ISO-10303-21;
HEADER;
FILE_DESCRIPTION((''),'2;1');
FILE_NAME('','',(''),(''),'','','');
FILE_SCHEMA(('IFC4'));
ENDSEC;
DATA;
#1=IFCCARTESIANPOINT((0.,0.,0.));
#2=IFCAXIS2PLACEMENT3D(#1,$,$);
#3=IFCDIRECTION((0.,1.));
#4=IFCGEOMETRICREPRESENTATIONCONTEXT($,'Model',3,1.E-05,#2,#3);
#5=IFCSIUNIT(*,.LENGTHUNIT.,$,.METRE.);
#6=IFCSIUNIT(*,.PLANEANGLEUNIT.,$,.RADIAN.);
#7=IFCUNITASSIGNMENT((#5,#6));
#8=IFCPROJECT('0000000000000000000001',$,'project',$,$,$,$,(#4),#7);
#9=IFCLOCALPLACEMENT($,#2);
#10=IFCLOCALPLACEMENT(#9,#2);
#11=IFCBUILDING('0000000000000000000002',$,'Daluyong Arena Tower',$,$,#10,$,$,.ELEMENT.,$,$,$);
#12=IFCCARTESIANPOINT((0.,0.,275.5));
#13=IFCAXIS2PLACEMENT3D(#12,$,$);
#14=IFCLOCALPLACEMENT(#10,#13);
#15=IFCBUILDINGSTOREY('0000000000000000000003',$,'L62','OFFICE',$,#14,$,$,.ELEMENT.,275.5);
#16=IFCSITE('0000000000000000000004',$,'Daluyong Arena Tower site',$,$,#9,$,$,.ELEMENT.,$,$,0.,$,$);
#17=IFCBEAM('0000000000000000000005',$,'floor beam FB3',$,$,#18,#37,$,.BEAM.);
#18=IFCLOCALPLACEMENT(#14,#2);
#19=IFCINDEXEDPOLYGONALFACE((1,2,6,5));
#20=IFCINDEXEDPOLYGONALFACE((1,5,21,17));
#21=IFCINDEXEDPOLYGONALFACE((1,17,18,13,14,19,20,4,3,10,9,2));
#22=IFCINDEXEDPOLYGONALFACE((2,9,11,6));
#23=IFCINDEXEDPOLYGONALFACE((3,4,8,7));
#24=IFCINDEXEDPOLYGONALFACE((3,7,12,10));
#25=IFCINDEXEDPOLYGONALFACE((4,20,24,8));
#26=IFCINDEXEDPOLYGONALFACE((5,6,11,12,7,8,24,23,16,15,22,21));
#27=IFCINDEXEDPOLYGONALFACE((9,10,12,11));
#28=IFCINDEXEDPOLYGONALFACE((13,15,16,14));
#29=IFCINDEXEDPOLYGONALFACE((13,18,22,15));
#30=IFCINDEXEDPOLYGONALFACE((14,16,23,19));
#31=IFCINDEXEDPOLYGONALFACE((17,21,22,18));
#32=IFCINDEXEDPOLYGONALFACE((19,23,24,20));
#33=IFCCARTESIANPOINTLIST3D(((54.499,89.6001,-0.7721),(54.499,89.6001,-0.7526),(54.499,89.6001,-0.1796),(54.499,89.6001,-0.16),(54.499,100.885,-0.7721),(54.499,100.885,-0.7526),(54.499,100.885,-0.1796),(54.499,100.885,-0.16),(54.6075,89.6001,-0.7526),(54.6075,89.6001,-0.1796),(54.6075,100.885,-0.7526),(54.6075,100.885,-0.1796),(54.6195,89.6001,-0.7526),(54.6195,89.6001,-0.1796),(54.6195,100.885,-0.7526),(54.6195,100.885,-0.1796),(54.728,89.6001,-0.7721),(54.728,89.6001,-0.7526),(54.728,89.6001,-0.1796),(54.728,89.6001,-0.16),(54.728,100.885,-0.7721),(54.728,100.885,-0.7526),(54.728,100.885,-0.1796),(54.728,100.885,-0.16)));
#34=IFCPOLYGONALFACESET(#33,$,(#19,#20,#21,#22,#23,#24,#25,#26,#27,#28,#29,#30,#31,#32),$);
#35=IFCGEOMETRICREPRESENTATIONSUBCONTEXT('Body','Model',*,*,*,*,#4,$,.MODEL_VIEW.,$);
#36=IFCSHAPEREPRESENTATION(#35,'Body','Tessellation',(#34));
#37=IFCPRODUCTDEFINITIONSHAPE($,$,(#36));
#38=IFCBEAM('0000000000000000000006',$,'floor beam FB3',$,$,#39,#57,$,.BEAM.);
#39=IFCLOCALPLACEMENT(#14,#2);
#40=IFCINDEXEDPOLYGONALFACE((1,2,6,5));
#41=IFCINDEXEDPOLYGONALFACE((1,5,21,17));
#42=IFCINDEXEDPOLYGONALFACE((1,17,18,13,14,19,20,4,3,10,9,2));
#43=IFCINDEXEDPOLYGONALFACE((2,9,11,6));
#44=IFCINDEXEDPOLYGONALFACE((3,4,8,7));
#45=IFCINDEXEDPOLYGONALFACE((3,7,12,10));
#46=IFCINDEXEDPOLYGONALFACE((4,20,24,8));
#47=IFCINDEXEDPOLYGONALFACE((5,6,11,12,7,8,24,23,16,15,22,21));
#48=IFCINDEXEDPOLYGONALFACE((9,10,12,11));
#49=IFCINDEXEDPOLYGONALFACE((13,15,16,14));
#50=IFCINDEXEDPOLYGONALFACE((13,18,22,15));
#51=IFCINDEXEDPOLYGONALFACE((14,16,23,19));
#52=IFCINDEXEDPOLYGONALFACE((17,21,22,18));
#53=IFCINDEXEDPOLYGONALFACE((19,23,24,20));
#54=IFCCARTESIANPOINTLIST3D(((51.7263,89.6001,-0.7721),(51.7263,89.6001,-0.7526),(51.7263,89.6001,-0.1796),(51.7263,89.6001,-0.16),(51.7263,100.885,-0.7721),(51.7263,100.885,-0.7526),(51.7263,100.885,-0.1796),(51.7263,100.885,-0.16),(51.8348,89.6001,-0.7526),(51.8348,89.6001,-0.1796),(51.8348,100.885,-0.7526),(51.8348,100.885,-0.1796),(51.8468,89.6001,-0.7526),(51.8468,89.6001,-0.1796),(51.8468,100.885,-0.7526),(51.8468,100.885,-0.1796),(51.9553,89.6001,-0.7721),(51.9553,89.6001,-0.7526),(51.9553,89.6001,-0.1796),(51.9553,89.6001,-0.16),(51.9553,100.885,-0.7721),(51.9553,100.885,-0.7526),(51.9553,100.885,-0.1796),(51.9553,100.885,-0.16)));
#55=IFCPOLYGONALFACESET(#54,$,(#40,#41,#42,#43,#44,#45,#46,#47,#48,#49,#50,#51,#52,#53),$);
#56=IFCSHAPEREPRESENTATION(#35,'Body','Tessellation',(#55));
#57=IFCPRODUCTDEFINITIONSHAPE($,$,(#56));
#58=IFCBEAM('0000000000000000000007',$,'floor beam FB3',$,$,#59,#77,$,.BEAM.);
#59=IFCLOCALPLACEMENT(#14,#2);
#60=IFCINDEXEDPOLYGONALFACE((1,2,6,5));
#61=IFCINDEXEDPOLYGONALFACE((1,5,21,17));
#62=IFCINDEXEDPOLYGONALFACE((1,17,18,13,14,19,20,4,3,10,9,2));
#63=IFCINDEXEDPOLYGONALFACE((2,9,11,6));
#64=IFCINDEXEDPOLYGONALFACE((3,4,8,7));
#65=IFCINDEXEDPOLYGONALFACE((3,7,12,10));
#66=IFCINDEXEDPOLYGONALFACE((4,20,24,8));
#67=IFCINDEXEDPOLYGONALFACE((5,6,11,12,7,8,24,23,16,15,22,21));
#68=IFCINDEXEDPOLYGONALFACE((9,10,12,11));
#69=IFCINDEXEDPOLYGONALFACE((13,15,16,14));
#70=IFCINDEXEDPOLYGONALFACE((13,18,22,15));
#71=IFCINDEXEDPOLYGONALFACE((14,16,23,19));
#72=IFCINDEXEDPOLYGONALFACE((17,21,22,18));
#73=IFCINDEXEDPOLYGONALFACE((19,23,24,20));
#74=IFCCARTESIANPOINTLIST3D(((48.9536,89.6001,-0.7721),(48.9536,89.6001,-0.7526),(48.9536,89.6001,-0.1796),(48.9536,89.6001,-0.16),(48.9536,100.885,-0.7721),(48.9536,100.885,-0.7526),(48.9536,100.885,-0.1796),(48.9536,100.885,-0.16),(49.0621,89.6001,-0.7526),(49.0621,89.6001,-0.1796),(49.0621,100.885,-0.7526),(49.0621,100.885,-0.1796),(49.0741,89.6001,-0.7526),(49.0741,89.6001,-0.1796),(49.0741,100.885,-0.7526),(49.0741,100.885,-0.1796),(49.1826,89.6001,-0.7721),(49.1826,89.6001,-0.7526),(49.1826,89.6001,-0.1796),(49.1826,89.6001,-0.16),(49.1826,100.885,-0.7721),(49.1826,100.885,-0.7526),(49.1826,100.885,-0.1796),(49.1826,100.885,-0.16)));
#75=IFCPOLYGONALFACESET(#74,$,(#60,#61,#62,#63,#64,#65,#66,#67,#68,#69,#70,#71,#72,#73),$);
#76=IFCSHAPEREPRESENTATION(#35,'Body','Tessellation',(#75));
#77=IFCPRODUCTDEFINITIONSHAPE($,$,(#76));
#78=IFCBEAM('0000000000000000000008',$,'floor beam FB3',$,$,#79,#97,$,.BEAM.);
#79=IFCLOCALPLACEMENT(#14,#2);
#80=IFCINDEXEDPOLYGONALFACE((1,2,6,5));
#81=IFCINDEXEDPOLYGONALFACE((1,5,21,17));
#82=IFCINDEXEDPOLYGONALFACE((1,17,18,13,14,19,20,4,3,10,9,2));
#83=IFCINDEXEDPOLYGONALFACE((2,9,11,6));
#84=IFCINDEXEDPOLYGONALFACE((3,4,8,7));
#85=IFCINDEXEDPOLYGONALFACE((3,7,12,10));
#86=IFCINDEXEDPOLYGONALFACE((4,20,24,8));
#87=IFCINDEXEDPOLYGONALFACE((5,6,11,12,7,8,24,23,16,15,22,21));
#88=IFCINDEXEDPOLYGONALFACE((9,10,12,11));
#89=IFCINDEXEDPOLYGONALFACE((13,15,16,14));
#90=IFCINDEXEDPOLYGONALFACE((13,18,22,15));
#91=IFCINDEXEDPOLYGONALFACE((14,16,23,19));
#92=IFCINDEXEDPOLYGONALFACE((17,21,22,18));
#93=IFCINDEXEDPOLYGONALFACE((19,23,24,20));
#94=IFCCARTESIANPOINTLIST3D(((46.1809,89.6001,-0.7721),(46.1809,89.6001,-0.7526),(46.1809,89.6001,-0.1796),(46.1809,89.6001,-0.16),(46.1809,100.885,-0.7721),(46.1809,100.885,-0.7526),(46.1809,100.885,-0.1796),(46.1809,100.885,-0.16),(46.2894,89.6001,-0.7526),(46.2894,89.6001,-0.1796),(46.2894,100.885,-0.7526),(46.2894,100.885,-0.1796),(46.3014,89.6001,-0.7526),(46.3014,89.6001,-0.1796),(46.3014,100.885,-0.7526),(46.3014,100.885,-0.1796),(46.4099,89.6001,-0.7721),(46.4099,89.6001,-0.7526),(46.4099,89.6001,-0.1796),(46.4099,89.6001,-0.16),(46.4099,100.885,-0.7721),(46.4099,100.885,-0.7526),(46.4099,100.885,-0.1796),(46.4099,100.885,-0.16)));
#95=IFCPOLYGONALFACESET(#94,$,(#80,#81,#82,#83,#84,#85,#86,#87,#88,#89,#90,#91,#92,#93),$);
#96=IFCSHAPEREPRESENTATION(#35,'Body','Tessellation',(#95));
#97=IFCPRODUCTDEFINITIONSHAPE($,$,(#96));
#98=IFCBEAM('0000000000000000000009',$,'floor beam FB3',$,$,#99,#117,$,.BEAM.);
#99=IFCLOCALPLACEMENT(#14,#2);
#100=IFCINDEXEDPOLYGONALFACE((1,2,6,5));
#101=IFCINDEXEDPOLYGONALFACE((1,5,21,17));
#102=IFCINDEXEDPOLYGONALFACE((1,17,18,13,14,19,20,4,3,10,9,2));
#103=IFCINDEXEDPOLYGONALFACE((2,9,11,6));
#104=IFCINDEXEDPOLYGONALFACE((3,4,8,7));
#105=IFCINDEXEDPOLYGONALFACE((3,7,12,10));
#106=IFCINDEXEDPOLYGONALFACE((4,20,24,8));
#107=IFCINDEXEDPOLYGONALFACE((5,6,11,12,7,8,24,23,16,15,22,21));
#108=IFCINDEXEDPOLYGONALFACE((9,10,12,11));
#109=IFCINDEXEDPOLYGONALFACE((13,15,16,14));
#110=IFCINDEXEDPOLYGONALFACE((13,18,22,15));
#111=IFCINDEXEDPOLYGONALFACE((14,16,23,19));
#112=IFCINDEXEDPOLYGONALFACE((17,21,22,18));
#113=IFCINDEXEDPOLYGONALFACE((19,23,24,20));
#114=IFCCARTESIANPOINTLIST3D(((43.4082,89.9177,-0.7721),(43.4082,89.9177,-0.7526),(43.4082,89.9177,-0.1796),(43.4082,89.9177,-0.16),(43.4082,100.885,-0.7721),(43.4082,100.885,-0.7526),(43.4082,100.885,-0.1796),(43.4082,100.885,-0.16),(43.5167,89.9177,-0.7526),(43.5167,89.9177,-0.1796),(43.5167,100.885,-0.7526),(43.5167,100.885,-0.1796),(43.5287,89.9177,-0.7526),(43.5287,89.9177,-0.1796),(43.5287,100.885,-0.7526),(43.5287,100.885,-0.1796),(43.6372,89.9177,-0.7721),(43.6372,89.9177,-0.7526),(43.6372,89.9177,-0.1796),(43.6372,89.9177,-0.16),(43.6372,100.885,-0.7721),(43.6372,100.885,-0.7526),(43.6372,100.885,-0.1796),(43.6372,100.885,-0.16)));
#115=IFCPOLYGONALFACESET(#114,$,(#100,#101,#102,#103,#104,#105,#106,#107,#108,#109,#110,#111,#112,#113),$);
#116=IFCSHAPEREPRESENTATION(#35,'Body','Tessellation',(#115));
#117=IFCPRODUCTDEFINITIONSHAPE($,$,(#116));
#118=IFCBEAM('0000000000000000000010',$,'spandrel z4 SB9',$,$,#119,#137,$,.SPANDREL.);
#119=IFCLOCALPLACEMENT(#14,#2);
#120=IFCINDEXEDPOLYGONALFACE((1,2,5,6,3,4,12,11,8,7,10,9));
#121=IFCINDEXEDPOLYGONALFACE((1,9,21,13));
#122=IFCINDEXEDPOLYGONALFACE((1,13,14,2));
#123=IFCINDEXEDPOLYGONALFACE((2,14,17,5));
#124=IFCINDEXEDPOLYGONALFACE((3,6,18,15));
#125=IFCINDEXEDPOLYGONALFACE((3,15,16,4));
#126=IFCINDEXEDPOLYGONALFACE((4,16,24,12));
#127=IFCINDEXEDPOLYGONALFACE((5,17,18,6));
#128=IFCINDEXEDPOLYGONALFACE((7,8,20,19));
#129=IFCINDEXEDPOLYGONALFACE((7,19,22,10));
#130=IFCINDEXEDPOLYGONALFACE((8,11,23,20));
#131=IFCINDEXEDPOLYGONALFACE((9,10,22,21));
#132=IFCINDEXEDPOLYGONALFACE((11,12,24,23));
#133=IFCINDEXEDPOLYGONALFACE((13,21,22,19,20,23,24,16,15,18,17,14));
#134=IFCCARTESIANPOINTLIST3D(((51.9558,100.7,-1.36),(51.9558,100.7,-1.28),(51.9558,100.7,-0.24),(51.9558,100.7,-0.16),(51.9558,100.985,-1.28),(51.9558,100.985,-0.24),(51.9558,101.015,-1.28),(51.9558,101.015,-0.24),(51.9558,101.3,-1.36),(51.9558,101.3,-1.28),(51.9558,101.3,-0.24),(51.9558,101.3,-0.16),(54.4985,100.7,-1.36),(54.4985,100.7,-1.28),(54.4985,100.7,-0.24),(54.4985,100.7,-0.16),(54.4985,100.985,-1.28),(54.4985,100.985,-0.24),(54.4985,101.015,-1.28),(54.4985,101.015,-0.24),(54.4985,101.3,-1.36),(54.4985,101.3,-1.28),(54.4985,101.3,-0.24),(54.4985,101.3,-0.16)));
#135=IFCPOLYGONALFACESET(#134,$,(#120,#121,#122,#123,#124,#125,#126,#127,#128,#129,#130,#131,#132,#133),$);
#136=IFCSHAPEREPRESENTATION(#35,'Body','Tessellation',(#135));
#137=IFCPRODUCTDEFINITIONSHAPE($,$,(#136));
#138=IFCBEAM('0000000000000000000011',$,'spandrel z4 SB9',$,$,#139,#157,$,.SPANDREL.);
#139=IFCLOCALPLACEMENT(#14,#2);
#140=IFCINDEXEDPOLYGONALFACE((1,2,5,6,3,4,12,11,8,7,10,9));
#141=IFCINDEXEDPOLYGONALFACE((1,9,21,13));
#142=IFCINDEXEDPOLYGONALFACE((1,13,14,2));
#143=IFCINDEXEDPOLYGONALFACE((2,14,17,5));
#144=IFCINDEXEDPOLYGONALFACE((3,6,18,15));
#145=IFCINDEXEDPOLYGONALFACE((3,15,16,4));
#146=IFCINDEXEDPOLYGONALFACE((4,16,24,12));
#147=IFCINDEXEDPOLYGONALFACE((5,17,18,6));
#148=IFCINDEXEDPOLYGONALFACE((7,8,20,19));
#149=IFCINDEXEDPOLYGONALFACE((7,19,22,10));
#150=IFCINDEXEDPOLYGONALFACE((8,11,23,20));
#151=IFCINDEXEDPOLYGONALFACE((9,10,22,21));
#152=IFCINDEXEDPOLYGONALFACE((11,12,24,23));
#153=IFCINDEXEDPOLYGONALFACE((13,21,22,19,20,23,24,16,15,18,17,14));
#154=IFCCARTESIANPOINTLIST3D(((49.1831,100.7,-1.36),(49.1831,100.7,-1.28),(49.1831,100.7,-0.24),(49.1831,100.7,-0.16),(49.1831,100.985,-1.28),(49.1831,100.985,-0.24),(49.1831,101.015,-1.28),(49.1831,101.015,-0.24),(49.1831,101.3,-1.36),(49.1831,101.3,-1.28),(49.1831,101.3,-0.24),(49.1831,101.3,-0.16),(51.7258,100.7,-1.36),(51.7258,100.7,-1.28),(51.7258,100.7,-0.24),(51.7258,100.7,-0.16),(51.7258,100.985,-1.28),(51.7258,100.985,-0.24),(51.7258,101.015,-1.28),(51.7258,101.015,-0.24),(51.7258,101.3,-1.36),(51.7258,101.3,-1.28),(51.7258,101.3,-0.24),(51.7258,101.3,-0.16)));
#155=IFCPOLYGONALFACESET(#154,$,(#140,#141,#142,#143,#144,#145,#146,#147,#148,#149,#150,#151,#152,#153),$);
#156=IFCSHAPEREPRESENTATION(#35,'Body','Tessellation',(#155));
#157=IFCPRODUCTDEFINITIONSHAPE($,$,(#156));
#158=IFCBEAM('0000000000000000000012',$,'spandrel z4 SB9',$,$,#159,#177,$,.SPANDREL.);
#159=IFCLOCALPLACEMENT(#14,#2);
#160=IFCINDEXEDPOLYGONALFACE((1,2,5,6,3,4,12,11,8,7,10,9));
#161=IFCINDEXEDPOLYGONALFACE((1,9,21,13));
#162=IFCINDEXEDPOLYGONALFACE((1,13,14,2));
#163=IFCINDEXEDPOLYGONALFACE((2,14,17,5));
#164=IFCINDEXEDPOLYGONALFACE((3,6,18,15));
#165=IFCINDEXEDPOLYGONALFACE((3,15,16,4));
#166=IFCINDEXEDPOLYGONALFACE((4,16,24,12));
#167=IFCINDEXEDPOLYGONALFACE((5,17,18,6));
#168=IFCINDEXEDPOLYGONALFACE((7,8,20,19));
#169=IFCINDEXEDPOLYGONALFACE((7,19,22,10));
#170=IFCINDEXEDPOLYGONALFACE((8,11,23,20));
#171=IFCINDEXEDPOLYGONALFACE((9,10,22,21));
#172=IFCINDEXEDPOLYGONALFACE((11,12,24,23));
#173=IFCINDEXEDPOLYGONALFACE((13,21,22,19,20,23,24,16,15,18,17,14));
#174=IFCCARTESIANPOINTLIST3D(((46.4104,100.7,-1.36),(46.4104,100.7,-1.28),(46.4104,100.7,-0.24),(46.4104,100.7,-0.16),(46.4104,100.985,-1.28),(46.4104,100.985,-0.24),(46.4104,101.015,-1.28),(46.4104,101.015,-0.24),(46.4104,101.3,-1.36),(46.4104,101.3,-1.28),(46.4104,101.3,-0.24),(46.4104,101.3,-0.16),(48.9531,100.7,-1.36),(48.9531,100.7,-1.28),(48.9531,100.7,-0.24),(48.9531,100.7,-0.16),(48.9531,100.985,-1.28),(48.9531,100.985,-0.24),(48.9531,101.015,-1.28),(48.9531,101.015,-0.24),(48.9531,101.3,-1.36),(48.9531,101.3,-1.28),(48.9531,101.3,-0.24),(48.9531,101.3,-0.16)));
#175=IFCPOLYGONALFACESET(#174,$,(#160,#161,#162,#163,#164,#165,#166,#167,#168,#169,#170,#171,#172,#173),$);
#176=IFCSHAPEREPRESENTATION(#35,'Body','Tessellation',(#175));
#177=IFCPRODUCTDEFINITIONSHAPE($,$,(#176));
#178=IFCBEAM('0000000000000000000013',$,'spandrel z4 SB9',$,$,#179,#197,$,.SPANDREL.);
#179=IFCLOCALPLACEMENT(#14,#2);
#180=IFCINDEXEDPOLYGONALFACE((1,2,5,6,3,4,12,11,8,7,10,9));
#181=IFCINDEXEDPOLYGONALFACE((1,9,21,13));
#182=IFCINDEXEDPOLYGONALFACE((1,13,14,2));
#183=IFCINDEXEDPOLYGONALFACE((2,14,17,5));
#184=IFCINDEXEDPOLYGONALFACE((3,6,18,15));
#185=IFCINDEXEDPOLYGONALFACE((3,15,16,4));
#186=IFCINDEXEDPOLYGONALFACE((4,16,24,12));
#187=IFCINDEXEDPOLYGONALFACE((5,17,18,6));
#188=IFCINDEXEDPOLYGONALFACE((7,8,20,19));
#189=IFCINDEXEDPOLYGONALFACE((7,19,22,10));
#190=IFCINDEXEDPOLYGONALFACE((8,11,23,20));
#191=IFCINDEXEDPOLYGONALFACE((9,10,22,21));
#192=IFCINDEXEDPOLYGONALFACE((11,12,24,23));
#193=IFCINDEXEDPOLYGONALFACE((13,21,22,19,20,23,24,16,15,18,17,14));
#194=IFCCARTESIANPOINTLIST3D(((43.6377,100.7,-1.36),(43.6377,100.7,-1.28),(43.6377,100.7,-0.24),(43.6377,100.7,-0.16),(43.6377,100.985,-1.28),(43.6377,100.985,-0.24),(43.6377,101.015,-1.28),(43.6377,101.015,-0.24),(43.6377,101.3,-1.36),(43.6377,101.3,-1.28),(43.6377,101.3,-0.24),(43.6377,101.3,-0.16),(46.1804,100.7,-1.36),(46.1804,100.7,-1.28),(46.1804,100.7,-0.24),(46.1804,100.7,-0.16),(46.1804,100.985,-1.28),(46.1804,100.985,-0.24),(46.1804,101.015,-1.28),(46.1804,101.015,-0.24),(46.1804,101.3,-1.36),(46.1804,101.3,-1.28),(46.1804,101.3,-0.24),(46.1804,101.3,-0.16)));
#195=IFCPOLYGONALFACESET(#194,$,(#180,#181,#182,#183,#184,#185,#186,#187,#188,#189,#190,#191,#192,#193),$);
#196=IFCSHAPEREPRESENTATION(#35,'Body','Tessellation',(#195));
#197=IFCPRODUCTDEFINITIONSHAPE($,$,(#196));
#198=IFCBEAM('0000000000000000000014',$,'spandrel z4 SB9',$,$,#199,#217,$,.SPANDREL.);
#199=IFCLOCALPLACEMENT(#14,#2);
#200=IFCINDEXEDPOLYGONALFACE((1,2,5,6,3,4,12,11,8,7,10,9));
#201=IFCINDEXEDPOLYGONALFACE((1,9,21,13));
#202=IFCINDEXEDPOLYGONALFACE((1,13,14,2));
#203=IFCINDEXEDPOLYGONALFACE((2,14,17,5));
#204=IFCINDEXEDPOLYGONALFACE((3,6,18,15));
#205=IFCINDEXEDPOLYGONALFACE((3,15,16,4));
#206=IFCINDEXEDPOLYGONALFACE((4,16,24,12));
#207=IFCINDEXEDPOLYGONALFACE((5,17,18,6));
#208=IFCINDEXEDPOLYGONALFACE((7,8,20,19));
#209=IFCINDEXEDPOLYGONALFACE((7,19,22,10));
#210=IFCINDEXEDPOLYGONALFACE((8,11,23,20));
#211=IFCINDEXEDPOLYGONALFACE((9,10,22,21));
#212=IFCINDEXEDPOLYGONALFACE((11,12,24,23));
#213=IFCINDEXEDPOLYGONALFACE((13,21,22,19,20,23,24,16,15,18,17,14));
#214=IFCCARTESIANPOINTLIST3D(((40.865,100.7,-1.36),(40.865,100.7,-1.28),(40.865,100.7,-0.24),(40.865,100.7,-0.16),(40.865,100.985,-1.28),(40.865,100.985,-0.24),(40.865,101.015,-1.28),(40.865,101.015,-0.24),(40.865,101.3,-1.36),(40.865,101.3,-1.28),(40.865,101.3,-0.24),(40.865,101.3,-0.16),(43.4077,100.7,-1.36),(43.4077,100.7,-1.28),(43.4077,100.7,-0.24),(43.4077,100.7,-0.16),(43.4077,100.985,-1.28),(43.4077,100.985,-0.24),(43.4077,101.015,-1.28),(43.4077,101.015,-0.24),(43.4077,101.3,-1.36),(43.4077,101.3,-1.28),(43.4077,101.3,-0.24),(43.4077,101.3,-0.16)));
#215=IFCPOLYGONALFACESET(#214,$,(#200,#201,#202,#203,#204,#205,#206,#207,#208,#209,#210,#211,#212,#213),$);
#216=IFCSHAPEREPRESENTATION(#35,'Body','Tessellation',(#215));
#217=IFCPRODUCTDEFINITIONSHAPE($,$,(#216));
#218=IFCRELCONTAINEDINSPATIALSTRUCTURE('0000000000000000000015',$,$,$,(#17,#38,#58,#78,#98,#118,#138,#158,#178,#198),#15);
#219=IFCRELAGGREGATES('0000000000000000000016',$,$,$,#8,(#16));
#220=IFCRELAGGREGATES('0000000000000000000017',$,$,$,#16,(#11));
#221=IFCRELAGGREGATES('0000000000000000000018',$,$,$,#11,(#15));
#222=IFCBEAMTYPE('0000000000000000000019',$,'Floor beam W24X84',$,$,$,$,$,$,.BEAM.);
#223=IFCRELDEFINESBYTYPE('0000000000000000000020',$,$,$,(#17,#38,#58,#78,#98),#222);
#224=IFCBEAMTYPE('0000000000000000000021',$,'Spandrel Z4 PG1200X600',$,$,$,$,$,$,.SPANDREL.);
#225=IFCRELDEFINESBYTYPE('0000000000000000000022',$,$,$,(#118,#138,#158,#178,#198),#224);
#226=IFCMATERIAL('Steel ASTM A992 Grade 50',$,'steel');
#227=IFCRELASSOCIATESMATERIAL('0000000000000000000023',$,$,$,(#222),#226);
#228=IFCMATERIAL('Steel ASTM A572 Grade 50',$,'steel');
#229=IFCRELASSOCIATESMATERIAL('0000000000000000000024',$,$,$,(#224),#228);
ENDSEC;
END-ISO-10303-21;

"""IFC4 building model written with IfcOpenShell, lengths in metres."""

from ifc_helpers import new_model, si_unit, direction, frame, origin, origin_2d, place, context, subcontext, project, spatial, i_section, extrude, material, material_profile, profile_set, type_object, element, save


model = new_model("IFC4")

# Units and contexts
model_context = context("Model", 3, precision=1e-05, world=origin(), true_north=direction((0.0, 1.0)))
body_context = subcontext(model_context, "Body", "Model", "MODEL_VIEW")
ifc_project = project(units=[si_unit("LENGTHUNIT", "METRE"), si_unit("PLANEANGLEUNIT", "RADIAN")], contexts=[model_context])

# Site, building, storey
site_placement = place(None, origin())
site = spatial("IfcSite", under=ifc_project, at=site_placement, Name="Daluyong Arena Tower site", CompositionType="ELEMENT", RefElevation=0.0)
building_placement = place(site_placement, origin())
building = spatial("IfcBuilding", under=site, at=building_placement, Name="Daluyong Arena Tower", CompositionType="ELEMENT")
storey_placement = place(building_placement, frame((0.0, 0.0, 275.5)))
storey = spatial("IfcBuildingStorey", under=building, at=storey_placement, Name="L62", Description="OFFICE", CompositionType="ELEMENT", Elevation=275.5)

# Beams
ifc_material_1 = material(Name="Steel ASTM A992 Grade 50", Category="steel")
ifc_material_profile_1 = material_profile(ifc_material_1, i_section(OverallWidth=0.229, OverallDepth=0.6121, WebThickness=0.012, FlangeThickness=0.0195, at=origin_2d()))
ifc_profile_set_1 = profile_set([ifc_material_profile_1], Name="Steel ASTM A992 Grade 50")
beam_type_1 = type_object("IfcBeamType", Name="Floor beam W24X84", PredefinedType="BEAM", material=ifc_profile_set_1)
for number, where, z_axis, x_axis, name in (
    (1, (54.6135, 100.885, -0.4661), (0.0, -1.0, 0.0), (1.0, 0.0, 0.0), "floor beam FB3"),
    (2, (51.8408, 100.885, -0.4661), (0.0, -1.0, 0.0), (1.0, 0.0, 0.0), "floor beam FB3"),
    (3, (49.0681, 100.885, -0.4661), (0.0, -1.0, 0.0), (1.0, 0.0, 0.0), "floor beam FB3"),
    (4, (46.2954, 100.885, -0.4661), (0.0, -1.0, 0.0), (1.0, 0.0, 0.0), "floor beam FB3"),
):
    element("IfcBeam", number, at=place(storey_placement, frame(where, z_axis=z_axis, x_axis=x_axis)), inside=storey, type_object=beam_type_1, Name=name, PredefinedType="BEAM", context=body_context, shape_type="SweptSolid", body=[
        extrude(i_section(OverallWidth=0.229, OverallDepth=0.6121, WebThickness=0.012, FlangeThickness=0.0195, at=origin_2d()), origin(), (0.0, 0.0, 1.0), 11.2849),
    ])
beam_placement = place(storey_placement, frame((43.5227, 100.885, -0.4661), z_axis=(0.0, -1.0, 0.0), x_axis=(1.0, 0.0, 0.0)))
element("IfcBeam", 5, at=beam_placement, inside=storey, type_object=beam_type_1, Name="floor beam FB3", PredefinedType="BEAM", context=body_context, shape_type="SweptSolid", body=[
    extrude(i_section(OverallWidth=0.229, OverallDepth=0.6121, WebThickness=0.012, FlangeThickness=0.0195, at=origin_2d()), origin(), (0.0, 0.0, 1.0), 10.9673),
])
ifc_material_2 = material(Name="Steel ASTM A572 Grade 50", Category="steel")
ifc_material_profile_2 = material_profile(ifc_material_2, i_section(OverallWidth=0.6001, OverallDepth=1.2, WebThickness=0.03, FlangeThickness=0.08, at=origin_2d()))
ifc_profile_set_2 = profile_set([ifc_material_profile_2], Name="Steel ASTM A572 Grade 50")
beam_type_2 = type_object("IfcBeamType", Name="Spandrel Z4 PG1200X600", PredefinedType="SPANDREL", material=ifc_profile_set_2)
for number, where, z_axis, x_axis, name in (
    (6, (54.4985, 101.0, -0.76), (-1.0, 0.0, 0.0), (0.0, -1.0, 0.0), "spandrel z4 SB9"),
    (7, (51.7258, 101.0, -0.76), (-1.0, 0.0, 0.0), (0.0, -1.0, 0.0), "spandrel z4 SB9"),
    (8, (48.9531, 101.0, -0.76), (-1.0, 0.0, 0.0), (0.0, -1.0, 0.0), "spandrel z4 SB9"),
    (9, (46.1804, 101.0, -0.76), (-1.0, 0.0, 0.0), (0.0, -1.0, 0.0), "spandrel z4 SB9"),
    (10, (43.4077, 101.0, -0.76), (-1.0, 0.0, 0.0), (0.0, -1.0, 0.0), "spandrel z4 SB9"),
):
    element("IfcBeam", number, at=place(storey_placement, frame(where, z_axis=z_axis, x_axis=x_axis)), inside=storey, type_object=beam_type_2, Name=name, PredefinedType="SPANDREL", context=body_context, shape_type="SweptSolid", body=[
        extrude(i_section(OverallWidth=0.6001, OverallDepth=1.2, WebThickness=0.03, FlangeThickness=0.08, at=origin_2d()), origin(), (0.0, 0.0, 1.0), 2.5427),
    ])

save(model, "model.ifc")
